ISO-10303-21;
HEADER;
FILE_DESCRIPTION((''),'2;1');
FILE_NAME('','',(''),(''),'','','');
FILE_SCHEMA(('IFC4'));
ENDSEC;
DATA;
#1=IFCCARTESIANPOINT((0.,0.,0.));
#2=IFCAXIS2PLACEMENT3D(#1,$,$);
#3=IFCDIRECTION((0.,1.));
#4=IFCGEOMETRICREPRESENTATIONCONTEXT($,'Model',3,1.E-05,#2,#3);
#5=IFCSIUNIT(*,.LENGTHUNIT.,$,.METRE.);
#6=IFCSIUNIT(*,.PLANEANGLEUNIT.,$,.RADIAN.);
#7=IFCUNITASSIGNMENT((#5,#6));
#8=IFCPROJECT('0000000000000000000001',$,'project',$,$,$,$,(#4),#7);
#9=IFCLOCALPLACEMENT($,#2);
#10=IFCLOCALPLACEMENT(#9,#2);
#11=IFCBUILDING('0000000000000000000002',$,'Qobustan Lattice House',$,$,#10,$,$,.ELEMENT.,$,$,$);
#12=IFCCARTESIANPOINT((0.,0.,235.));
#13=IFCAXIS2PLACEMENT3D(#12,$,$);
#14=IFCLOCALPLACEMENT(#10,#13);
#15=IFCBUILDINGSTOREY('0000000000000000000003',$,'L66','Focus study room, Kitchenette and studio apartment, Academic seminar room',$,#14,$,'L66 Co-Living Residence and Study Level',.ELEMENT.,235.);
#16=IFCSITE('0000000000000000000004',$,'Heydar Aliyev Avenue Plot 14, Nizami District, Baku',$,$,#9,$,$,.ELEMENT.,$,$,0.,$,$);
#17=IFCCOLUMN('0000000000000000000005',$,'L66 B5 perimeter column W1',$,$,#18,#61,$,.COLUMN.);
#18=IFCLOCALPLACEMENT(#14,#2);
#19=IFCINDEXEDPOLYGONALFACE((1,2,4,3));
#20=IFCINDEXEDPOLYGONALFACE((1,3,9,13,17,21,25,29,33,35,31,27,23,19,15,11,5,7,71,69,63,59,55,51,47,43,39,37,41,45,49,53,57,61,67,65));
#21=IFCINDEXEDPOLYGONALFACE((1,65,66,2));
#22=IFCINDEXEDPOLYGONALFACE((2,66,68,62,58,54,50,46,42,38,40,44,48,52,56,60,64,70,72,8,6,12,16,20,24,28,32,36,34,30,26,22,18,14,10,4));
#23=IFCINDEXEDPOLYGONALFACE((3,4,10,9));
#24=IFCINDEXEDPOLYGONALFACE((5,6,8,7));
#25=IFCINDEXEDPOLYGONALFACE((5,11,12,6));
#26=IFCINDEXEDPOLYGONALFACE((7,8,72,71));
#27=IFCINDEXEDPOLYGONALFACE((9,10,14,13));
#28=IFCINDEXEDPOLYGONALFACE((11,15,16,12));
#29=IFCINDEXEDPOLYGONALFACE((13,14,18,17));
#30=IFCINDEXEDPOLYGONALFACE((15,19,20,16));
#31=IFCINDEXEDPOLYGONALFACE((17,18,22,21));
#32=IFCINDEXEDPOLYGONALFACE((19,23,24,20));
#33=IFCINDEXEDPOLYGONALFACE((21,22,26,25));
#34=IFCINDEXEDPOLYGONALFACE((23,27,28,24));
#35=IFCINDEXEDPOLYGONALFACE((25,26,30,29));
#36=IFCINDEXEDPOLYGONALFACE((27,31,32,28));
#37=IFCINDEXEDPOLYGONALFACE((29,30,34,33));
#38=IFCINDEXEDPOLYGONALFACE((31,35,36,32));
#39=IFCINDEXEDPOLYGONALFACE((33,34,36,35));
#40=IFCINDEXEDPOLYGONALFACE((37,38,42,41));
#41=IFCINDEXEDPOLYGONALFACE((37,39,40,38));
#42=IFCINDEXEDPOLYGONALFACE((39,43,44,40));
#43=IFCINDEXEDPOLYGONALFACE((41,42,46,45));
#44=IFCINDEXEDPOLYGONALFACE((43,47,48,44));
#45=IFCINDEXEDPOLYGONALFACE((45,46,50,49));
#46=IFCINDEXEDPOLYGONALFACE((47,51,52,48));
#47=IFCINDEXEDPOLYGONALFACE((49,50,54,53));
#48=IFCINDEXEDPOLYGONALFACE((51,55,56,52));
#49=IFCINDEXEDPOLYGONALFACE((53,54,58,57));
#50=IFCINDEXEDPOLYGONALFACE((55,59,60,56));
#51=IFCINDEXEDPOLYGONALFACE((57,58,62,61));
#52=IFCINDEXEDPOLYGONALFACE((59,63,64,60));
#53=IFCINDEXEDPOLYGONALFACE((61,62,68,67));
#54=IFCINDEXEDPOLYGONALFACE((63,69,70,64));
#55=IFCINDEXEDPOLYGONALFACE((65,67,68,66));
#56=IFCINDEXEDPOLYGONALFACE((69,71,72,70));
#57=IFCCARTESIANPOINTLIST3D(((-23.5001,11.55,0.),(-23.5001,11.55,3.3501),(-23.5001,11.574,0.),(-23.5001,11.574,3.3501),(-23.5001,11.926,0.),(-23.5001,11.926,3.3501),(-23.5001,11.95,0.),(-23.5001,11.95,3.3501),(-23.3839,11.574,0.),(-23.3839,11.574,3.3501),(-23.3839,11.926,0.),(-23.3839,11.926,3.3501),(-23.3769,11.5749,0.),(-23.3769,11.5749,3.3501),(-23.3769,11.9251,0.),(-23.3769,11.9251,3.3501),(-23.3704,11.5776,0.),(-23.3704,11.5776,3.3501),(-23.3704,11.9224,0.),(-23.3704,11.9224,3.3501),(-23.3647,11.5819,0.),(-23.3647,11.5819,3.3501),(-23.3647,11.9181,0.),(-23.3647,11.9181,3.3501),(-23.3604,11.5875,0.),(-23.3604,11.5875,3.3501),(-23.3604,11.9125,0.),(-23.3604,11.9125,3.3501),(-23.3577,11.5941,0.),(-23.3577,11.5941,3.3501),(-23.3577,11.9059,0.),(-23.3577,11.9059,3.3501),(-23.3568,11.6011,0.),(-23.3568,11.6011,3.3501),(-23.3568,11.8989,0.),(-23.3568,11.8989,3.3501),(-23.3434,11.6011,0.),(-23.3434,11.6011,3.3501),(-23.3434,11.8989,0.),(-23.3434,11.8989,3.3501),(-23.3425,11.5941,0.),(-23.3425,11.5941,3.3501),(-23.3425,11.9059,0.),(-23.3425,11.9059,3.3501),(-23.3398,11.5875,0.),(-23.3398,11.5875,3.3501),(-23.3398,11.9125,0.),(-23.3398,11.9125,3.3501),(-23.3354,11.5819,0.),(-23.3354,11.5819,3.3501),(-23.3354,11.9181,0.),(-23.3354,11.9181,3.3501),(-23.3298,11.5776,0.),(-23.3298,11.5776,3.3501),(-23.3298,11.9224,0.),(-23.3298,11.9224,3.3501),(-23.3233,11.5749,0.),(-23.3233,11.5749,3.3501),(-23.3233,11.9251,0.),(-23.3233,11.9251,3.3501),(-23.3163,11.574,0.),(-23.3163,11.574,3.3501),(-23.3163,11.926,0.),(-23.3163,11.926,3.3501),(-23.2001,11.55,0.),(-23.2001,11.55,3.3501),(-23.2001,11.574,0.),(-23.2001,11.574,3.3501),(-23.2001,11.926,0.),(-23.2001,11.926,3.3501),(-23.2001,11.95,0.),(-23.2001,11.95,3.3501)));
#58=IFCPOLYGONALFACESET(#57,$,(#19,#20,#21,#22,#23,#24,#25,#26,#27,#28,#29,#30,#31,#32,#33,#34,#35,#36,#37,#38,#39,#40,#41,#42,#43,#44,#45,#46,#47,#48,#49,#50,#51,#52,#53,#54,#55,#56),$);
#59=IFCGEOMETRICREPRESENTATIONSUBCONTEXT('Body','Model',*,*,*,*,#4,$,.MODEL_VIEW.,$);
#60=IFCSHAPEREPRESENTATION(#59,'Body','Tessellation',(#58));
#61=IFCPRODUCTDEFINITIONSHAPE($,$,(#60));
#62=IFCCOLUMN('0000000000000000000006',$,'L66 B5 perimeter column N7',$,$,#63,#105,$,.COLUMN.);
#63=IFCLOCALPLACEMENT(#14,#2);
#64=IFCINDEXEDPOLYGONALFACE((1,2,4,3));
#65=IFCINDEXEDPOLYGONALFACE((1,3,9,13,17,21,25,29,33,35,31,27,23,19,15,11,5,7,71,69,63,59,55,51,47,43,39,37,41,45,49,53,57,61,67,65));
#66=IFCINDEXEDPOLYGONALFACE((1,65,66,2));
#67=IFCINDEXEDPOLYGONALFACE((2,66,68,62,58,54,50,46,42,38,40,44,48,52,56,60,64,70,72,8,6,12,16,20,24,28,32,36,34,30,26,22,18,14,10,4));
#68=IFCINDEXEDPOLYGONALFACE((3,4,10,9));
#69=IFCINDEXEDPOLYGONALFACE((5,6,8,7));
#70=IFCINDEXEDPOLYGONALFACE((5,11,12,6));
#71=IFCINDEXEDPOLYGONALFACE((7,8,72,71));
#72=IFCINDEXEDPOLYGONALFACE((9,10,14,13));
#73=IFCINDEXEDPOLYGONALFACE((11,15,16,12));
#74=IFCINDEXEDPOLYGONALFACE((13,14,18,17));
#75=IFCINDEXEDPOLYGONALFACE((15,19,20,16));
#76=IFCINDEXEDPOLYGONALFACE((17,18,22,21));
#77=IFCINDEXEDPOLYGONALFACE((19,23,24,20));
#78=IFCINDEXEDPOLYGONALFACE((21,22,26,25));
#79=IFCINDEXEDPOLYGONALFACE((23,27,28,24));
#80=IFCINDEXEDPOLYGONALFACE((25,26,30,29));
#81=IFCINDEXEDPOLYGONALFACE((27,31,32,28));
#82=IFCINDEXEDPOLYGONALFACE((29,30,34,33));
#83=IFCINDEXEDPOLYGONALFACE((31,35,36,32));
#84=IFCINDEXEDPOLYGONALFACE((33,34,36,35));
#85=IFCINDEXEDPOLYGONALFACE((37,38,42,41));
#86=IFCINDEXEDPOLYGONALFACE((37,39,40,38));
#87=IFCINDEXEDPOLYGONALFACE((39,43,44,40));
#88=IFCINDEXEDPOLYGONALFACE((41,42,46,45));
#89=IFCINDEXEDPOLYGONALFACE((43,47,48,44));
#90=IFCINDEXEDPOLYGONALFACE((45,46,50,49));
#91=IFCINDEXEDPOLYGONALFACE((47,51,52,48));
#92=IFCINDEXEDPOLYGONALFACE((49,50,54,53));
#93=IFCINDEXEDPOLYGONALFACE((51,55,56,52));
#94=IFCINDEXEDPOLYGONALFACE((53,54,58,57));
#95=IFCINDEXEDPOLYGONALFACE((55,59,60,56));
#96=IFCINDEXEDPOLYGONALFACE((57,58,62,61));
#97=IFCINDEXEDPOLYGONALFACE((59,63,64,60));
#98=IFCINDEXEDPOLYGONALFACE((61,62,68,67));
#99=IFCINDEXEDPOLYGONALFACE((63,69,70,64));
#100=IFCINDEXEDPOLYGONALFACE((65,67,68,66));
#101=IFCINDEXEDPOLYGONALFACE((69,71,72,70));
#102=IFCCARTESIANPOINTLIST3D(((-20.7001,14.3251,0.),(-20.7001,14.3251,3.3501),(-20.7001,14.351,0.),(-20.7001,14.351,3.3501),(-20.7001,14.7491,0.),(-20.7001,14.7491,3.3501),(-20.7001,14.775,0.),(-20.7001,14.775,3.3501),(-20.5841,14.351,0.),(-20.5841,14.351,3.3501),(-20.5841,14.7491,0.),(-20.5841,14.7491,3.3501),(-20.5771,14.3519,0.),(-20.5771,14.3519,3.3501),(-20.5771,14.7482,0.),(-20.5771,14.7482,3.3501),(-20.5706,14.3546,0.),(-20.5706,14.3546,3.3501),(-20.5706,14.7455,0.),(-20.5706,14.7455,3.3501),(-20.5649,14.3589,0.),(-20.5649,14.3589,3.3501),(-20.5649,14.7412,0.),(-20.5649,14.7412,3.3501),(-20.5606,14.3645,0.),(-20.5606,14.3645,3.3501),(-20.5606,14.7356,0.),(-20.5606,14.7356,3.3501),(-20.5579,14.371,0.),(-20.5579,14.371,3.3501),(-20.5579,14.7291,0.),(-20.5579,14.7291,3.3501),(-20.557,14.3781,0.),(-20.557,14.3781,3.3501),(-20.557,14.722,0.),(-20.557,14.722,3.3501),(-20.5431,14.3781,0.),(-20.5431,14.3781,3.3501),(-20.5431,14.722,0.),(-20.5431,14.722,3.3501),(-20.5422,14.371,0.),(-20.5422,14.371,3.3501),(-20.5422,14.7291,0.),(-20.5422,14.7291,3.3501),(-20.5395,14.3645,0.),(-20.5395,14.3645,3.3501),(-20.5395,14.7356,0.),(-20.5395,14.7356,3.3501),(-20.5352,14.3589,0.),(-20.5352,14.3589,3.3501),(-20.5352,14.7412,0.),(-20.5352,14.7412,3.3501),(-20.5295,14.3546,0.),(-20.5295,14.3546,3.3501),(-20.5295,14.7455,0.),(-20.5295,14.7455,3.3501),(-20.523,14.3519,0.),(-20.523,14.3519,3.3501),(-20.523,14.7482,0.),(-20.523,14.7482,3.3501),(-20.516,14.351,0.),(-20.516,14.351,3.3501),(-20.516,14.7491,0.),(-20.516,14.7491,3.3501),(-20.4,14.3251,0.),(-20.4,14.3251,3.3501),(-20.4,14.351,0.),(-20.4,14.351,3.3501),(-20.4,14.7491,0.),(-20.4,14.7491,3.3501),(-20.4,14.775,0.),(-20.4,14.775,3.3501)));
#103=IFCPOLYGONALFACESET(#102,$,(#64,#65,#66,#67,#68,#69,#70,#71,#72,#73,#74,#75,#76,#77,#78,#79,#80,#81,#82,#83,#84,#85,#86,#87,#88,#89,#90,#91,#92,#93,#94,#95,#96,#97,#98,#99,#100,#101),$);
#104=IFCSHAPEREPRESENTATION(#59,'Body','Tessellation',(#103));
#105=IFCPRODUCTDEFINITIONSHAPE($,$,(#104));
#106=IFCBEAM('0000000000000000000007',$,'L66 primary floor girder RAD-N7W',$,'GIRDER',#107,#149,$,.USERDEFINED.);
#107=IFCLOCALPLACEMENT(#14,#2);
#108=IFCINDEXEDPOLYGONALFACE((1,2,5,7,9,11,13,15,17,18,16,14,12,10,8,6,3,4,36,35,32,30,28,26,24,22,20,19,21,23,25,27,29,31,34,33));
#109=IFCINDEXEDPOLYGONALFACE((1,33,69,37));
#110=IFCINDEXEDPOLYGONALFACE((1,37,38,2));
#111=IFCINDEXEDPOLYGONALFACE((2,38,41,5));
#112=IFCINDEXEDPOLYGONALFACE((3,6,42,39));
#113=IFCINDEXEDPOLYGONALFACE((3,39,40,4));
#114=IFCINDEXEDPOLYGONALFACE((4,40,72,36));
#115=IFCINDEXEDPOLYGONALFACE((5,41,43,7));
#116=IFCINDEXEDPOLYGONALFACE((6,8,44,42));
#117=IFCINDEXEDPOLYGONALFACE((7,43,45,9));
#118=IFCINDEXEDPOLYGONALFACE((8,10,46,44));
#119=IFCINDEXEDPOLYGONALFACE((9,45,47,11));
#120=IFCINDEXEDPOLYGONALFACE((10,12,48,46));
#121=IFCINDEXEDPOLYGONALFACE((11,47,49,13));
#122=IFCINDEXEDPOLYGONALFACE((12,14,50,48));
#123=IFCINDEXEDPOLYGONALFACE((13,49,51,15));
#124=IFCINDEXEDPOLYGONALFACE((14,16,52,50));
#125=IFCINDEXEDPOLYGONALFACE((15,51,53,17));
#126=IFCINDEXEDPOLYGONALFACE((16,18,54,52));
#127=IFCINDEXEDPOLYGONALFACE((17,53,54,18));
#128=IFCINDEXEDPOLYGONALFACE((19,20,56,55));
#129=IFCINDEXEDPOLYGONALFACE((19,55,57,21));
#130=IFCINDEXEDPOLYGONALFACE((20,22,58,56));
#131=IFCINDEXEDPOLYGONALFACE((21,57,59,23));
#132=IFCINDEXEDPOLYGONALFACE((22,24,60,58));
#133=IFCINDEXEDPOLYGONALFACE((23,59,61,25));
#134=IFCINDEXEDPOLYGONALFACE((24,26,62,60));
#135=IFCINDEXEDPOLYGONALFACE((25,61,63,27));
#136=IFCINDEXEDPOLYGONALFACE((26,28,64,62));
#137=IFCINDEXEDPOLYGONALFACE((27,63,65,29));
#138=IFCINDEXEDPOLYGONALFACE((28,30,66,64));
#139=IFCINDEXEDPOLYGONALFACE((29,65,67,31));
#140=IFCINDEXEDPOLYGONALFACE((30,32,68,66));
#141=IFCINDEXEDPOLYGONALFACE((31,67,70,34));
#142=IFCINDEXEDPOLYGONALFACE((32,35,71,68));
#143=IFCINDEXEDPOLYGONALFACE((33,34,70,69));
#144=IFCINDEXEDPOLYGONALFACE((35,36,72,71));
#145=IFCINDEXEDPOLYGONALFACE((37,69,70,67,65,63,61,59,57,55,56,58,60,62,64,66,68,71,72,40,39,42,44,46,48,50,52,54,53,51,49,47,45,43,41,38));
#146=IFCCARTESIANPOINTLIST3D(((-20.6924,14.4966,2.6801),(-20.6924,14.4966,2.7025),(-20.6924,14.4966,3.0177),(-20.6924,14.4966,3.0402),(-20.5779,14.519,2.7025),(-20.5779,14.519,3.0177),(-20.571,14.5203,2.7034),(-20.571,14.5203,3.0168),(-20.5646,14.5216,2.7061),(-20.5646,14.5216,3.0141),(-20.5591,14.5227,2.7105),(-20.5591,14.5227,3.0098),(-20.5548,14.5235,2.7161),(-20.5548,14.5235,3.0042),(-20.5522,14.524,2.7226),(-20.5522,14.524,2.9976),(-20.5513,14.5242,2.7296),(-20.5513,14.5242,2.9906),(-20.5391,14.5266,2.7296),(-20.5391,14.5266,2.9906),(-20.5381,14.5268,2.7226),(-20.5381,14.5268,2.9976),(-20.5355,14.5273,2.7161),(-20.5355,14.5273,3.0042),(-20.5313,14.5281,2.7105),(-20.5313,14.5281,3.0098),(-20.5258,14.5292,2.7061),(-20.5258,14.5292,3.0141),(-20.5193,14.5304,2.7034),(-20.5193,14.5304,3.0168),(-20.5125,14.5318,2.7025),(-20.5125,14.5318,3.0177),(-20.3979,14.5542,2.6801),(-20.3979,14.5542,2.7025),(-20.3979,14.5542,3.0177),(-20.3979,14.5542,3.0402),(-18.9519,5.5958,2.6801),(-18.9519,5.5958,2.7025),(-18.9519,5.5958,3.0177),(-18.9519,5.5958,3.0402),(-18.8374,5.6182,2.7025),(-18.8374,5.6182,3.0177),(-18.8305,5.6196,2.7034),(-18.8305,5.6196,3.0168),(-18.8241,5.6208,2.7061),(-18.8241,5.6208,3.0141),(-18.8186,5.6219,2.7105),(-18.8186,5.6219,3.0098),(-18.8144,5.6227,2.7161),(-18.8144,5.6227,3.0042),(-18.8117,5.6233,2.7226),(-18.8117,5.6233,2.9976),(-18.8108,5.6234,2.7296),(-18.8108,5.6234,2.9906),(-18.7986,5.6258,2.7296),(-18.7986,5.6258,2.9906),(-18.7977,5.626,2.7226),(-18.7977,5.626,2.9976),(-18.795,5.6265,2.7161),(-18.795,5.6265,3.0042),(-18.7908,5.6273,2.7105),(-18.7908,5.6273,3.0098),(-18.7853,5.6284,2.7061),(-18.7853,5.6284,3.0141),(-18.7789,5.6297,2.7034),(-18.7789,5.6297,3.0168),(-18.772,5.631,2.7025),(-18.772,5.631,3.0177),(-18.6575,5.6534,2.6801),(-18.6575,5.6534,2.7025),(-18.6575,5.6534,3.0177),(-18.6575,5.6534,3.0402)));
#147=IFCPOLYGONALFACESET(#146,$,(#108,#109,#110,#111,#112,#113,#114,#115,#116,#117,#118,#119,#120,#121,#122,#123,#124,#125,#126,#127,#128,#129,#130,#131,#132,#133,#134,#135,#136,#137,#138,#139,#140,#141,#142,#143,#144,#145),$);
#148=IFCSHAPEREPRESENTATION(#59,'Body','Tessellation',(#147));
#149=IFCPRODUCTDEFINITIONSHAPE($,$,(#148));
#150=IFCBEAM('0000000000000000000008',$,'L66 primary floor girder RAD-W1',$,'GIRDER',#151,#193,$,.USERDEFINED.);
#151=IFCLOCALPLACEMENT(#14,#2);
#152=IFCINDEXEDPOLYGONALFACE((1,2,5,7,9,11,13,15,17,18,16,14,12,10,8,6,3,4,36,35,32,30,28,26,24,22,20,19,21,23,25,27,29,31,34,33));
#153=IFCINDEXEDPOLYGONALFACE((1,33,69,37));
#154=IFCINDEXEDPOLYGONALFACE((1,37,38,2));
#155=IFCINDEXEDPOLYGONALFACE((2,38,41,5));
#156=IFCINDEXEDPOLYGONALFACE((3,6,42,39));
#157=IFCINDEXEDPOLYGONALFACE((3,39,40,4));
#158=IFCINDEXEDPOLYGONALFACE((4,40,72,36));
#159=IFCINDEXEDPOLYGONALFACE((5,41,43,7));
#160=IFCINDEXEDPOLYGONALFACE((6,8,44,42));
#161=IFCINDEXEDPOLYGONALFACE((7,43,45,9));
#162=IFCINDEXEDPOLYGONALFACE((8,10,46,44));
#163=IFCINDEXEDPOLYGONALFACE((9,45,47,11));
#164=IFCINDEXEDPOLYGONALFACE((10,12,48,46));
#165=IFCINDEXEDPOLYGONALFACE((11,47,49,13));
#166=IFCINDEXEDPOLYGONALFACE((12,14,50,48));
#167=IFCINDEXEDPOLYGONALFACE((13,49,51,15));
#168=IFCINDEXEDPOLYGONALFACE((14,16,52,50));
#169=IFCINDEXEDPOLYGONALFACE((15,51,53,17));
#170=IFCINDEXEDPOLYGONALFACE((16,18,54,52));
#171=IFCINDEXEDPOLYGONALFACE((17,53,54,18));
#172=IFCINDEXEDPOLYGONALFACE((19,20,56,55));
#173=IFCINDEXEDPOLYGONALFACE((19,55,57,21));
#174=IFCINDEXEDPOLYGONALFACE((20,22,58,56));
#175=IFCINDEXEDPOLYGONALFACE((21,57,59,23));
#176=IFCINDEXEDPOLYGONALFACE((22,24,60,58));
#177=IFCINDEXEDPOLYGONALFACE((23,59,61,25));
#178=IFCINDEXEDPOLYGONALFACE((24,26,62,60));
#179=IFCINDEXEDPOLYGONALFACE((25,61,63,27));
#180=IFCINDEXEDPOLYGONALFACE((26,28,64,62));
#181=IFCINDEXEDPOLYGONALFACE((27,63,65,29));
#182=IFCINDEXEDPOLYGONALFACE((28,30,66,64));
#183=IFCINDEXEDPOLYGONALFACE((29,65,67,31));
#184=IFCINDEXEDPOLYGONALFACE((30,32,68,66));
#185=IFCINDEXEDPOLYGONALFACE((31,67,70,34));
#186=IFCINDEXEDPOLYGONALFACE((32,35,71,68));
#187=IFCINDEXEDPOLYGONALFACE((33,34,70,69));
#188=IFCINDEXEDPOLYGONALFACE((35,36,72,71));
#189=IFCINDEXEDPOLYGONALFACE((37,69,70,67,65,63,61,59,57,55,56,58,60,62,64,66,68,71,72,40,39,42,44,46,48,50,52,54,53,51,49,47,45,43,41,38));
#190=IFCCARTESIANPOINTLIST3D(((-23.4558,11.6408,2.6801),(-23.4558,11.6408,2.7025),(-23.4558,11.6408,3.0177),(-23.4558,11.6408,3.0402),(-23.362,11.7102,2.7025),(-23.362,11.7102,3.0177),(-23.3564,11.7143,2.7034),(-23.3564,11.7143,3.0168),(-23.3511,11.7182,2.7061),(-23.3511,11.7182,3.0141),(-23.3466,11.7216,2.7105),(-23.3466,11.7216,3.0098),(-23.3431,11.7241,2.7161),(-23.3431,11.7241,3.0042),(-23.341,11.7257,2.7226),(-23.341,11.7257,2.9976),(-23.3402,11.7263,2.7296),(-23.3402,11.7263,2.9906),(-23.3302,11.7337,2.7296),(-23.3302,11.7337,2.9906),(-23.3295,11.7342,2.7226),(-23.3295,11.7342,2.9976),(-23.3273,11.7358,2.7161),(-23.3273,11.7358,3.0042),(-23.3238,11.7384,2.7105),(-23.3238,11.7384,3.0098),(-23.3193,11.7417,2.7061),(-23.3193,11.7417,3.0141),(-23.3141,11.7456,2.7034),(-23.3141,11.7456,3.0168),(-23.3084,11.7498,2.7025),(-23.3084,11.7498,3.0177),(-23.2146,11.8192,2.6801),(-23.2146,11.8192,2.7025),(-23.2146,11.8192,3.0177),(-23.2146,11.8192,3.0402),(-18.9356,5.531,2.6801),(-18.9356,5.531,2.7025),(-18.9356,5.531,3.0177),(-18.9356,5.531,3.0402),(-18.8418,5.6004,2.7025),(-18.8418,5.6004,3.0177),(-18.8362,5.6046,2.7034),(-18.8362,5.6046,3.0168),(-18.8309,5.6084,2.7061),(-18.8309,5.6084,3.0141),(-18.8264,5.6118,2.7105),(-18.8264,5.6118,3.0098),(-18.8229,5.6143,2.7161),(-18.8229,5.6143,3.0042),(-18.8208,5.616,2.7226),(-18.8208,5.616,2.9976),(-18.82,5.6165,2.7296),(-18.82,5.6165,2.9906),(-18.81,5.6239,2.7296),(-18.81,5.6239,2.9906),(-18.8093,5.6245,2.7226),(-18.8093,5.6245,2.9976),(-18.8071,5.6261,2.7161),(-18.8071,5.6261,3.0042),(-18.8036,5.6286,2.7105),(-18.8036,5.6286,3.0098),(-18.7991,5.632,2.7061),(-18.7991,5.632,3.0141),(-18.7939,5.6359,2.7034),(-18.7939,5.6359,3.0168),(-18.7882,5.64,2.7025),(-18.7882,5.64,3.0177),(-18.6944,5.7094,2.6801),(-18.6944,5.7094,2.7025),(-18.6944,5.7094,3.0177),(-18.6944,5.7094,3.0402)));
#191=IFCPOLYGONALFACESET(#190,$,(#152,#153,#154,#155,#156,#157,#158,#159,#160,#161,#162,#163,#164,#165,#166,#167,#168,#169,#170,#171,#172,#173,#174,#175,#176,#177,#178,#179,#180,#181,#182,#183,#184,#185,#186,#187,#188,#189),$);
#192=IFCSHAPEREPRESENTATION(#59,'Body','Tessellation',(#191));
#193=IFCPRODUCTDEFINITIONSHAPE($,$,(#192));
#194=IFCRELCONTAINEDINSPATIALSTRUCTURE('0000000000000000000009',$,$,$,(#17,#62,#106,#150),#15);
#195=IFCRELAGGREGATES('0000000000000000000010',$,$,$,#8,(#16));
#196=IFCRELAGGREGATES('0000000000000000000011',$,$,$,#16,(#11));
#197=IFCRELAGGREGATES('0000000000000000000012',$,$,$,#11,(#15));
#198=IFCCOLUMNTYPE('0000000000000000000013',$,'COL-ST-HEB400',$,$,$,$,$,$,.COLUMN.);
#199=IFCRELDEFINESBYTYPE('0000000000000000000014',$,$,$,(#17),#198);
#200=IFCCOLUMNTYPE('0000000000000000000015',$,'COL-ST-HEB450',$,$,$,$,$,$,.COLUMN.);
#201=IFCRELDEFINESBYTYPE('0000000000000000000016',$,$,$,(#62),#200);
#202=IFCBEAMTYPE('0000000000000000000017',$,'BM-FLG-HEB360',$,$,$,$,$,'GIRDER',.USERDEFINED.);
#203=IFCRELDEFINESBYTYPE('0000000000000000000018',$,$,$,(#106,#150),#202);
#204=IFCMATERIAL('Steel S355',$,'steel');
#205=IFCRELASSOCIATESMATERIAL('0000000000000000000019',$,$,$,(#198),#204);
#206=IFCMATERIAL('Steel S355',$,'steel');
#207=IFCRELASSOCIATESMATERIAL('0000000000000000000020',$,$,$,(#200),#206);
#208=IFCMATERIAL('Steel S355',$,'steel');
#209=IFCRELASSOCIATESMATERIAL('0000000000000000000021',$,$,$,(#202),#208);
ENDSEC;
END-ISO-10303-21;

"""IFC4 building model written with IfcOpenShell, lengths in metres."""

from ifc_helpers import new_model, si_unit, direction, frame, origin, origin_2d, place, context, subcontext, project, spatial, i_section, extrude, material, material_profile, profile_set, type_object, element, save


model = new_model("IFC4")

# Units and contexts
model_context = context("Model", 3, precision=1e-05, world=origin(), true_north=direction((0.0, 1.0)))
body_context = subcontext(model_context, "Body", "Model", "MODEL_VIEW")
ifc_project = project(units=[si_unit("LENGTHUNIT", "METRE"), si_unit("PLANEANGLEUNIT", "RADIAN")], contexts=[model_context])

# Site, building, storey
site_placement = place(None, origin())
site = spatial("IfcSite", under=ifc_project, at=site_placement, Name="Heydar Aliyev Avenue Plot 14, Nizami District, Baku", CompositionType="ELEMENT", RefElevation=0.0)
building_placement = place(site_placement, origin())
building = spatial("IfcBuilding", under=site, at=building_placement, Name="Qobustan Lattice House", CompositionType="ELEMENT")
storey_placement = place(building_placement, frame((0.0, 0.0, 235.0)))
storey = spatial("IfcBuildingStorey", under=building, at=storey_placement, Name="L66", Description="Focus study room, Kitchenette and studio apartment, Academic seminar room", LongName="L66 Co-Living Residence and Study Level", CompositionType="ELEMENT", Elevation=235.0)

# Columns
ifc_material_1 = material(Name="Steel S355", Category="steel")
ifc_material_profile_1 = material_profile(ifc_material_1, i_section(OverallWidth=0.3, OverallDepth=0.3999, WebThickness=0.0134, FlangeThickness=0.0239, FilletRadius=0.0271, at=origin_2d()), Name="HEB400")
ifc_profile_set_1 = profile_set([ifc_material_profile_1], Name="Steel S355")
column_type_1 = type_object("IfcColumnType", Name="COL-ST-HEB400", PredefinedType="COLUMN", material=ifc_profile_set_1)
column_1_placement = place(storey_placement, frame((-23.3501, 11.75, 0.0), z_axis=(0.0, 0.0, 1.0), x_axis=(1.0, 0.0, 0.0)))
element("IfcColumn", 1, at=column_1_placement, inside=storey, type_object=column_type_1, Name="L66 B5 perimeter column W1", PredefinedType="COLUMN", context=body_context, shape_type="SweptSolid", body=[
    extrude(i_section(OverallWidth=0.3, OverallDepth=0.3999, WebThickness=0.0134, FlangeThickness=0.0239, FilletRadius=0.0271, at=origin_2d()), origin(), (0.0, 0.0, 1.0), 3.3501),
])
ifc_material_2 = material(Name="Steel S355", Category="steel")
ifc_material_profile_2 = material_profile(ifc_material_2, i_section(OverallWidth=0.3, OverallDepth=0.45, WebThickness=0.0139, FlangeThickness=0.0259, FilletRadius=0.0271, at=origin_2d()), Name="HEB450")
ifc_profile_set_2 = profile_set([ifc_material_profile_2], Name="Steel S355")
column_type_2 = type_object("IfcColumnType", Name="COL-ST-HEB450", PredefinedType="COLUMN", material=ifc_profile_set_2)
column_2_placement = place(storey_placement, frame((-20.55, 14.55, 0.0), z_axis=(0.0, 0.0, 1.0), x_axis=(1.0, 0.0, 0.0)))
element("IfcColumn", 2, at=column_2_placement, inside=storey, type_object=column_type_2, Name="L66 B5 perimeter column N7", PredefinedType="COLUMN", context=body_context, shape_type="SweptSolid", body=[
    extrude(i_section(OverallWidth=0.3, OverallDepth=0.45, WebThickness=0.0139, FlangeThickness=0.0259, FilletRadius=0.0271, at=origin_2d()), origin(), (0.0, 0.0, 1.0), 3.3501),
])

# Beams
ifc_material_3 = material(Name="Steel S355", Category="steel")
ifc_material_profile_3 = material_profile(ifc_material_3, i_section(OverallWidth=0.3, OverallDepth=0.3601, WebThickness=0.0125, FlangeThickness=0.0225, FilletRadius=0.0271, at=origin_2d()), Name="HEB360")
ifc_profile_set_3 = profile_set([ifc_material_profile_3], Name="Steel S355")
beam_type_1 = type_object("IfcBeamType", Name="BM-FLG-HEB360", ElementType="GIRDER", PredefinedType="USERDEFINED", material=ifc_profile_set_3)
beam_1_placement = place(storey_placement, frame((-20.5452, 14.5254, 2.8601), z_axis=(0.191906, -0.981413, 0.0), x_axis=(0.981413, 0.191906, 0.0)))
element("IfcBeam", 3, at=beam_1_placement, inside=storey, type_object=beam_type_1, Name="L66 primary floor girder RAD-N7W", ObjectType="GIRDER", PredefinedType="USERDEFINED", context=body_context, shape_type="SweptSolid", body=[
    extrude(i_section(OverallWidth=0.3, OverallDepth=0.3601, WebThickness=0.0125, FlangeThickness=0.0225, FilletRadius=0.0271, at=origin_2d()), origin(), (0.0, 0.0, 1.0), 9.0693),
])
beam_2_placement = place(storey_placement, frame((-23.3352, 11.73, 2.8601), z_axis=(0.594755, -0.803907, 0.0), x_axis=(0.803907, 0.594755, 0.0)))
element("IfcBeam", 4, at=beam_2_placement, inside=storey, type_object=beam_type_1, Name="L66 primary floor girder RAD-W1", ObjectType="GIRDER", PredefinedType="USERDEFINED", context=body_context, shape_type="SweptSolid", body=[
    extrude(i_section(OverallWidth=0.3, OverallDepth=0.3601, WebThickness=0.0125, FlangeThickness=0.0225, FilletRadius=0.0271, at=origin_2d()), origin(), (0.0, 0.0, 1.0), 7.6001),
])

save(model, "model.ifc")
